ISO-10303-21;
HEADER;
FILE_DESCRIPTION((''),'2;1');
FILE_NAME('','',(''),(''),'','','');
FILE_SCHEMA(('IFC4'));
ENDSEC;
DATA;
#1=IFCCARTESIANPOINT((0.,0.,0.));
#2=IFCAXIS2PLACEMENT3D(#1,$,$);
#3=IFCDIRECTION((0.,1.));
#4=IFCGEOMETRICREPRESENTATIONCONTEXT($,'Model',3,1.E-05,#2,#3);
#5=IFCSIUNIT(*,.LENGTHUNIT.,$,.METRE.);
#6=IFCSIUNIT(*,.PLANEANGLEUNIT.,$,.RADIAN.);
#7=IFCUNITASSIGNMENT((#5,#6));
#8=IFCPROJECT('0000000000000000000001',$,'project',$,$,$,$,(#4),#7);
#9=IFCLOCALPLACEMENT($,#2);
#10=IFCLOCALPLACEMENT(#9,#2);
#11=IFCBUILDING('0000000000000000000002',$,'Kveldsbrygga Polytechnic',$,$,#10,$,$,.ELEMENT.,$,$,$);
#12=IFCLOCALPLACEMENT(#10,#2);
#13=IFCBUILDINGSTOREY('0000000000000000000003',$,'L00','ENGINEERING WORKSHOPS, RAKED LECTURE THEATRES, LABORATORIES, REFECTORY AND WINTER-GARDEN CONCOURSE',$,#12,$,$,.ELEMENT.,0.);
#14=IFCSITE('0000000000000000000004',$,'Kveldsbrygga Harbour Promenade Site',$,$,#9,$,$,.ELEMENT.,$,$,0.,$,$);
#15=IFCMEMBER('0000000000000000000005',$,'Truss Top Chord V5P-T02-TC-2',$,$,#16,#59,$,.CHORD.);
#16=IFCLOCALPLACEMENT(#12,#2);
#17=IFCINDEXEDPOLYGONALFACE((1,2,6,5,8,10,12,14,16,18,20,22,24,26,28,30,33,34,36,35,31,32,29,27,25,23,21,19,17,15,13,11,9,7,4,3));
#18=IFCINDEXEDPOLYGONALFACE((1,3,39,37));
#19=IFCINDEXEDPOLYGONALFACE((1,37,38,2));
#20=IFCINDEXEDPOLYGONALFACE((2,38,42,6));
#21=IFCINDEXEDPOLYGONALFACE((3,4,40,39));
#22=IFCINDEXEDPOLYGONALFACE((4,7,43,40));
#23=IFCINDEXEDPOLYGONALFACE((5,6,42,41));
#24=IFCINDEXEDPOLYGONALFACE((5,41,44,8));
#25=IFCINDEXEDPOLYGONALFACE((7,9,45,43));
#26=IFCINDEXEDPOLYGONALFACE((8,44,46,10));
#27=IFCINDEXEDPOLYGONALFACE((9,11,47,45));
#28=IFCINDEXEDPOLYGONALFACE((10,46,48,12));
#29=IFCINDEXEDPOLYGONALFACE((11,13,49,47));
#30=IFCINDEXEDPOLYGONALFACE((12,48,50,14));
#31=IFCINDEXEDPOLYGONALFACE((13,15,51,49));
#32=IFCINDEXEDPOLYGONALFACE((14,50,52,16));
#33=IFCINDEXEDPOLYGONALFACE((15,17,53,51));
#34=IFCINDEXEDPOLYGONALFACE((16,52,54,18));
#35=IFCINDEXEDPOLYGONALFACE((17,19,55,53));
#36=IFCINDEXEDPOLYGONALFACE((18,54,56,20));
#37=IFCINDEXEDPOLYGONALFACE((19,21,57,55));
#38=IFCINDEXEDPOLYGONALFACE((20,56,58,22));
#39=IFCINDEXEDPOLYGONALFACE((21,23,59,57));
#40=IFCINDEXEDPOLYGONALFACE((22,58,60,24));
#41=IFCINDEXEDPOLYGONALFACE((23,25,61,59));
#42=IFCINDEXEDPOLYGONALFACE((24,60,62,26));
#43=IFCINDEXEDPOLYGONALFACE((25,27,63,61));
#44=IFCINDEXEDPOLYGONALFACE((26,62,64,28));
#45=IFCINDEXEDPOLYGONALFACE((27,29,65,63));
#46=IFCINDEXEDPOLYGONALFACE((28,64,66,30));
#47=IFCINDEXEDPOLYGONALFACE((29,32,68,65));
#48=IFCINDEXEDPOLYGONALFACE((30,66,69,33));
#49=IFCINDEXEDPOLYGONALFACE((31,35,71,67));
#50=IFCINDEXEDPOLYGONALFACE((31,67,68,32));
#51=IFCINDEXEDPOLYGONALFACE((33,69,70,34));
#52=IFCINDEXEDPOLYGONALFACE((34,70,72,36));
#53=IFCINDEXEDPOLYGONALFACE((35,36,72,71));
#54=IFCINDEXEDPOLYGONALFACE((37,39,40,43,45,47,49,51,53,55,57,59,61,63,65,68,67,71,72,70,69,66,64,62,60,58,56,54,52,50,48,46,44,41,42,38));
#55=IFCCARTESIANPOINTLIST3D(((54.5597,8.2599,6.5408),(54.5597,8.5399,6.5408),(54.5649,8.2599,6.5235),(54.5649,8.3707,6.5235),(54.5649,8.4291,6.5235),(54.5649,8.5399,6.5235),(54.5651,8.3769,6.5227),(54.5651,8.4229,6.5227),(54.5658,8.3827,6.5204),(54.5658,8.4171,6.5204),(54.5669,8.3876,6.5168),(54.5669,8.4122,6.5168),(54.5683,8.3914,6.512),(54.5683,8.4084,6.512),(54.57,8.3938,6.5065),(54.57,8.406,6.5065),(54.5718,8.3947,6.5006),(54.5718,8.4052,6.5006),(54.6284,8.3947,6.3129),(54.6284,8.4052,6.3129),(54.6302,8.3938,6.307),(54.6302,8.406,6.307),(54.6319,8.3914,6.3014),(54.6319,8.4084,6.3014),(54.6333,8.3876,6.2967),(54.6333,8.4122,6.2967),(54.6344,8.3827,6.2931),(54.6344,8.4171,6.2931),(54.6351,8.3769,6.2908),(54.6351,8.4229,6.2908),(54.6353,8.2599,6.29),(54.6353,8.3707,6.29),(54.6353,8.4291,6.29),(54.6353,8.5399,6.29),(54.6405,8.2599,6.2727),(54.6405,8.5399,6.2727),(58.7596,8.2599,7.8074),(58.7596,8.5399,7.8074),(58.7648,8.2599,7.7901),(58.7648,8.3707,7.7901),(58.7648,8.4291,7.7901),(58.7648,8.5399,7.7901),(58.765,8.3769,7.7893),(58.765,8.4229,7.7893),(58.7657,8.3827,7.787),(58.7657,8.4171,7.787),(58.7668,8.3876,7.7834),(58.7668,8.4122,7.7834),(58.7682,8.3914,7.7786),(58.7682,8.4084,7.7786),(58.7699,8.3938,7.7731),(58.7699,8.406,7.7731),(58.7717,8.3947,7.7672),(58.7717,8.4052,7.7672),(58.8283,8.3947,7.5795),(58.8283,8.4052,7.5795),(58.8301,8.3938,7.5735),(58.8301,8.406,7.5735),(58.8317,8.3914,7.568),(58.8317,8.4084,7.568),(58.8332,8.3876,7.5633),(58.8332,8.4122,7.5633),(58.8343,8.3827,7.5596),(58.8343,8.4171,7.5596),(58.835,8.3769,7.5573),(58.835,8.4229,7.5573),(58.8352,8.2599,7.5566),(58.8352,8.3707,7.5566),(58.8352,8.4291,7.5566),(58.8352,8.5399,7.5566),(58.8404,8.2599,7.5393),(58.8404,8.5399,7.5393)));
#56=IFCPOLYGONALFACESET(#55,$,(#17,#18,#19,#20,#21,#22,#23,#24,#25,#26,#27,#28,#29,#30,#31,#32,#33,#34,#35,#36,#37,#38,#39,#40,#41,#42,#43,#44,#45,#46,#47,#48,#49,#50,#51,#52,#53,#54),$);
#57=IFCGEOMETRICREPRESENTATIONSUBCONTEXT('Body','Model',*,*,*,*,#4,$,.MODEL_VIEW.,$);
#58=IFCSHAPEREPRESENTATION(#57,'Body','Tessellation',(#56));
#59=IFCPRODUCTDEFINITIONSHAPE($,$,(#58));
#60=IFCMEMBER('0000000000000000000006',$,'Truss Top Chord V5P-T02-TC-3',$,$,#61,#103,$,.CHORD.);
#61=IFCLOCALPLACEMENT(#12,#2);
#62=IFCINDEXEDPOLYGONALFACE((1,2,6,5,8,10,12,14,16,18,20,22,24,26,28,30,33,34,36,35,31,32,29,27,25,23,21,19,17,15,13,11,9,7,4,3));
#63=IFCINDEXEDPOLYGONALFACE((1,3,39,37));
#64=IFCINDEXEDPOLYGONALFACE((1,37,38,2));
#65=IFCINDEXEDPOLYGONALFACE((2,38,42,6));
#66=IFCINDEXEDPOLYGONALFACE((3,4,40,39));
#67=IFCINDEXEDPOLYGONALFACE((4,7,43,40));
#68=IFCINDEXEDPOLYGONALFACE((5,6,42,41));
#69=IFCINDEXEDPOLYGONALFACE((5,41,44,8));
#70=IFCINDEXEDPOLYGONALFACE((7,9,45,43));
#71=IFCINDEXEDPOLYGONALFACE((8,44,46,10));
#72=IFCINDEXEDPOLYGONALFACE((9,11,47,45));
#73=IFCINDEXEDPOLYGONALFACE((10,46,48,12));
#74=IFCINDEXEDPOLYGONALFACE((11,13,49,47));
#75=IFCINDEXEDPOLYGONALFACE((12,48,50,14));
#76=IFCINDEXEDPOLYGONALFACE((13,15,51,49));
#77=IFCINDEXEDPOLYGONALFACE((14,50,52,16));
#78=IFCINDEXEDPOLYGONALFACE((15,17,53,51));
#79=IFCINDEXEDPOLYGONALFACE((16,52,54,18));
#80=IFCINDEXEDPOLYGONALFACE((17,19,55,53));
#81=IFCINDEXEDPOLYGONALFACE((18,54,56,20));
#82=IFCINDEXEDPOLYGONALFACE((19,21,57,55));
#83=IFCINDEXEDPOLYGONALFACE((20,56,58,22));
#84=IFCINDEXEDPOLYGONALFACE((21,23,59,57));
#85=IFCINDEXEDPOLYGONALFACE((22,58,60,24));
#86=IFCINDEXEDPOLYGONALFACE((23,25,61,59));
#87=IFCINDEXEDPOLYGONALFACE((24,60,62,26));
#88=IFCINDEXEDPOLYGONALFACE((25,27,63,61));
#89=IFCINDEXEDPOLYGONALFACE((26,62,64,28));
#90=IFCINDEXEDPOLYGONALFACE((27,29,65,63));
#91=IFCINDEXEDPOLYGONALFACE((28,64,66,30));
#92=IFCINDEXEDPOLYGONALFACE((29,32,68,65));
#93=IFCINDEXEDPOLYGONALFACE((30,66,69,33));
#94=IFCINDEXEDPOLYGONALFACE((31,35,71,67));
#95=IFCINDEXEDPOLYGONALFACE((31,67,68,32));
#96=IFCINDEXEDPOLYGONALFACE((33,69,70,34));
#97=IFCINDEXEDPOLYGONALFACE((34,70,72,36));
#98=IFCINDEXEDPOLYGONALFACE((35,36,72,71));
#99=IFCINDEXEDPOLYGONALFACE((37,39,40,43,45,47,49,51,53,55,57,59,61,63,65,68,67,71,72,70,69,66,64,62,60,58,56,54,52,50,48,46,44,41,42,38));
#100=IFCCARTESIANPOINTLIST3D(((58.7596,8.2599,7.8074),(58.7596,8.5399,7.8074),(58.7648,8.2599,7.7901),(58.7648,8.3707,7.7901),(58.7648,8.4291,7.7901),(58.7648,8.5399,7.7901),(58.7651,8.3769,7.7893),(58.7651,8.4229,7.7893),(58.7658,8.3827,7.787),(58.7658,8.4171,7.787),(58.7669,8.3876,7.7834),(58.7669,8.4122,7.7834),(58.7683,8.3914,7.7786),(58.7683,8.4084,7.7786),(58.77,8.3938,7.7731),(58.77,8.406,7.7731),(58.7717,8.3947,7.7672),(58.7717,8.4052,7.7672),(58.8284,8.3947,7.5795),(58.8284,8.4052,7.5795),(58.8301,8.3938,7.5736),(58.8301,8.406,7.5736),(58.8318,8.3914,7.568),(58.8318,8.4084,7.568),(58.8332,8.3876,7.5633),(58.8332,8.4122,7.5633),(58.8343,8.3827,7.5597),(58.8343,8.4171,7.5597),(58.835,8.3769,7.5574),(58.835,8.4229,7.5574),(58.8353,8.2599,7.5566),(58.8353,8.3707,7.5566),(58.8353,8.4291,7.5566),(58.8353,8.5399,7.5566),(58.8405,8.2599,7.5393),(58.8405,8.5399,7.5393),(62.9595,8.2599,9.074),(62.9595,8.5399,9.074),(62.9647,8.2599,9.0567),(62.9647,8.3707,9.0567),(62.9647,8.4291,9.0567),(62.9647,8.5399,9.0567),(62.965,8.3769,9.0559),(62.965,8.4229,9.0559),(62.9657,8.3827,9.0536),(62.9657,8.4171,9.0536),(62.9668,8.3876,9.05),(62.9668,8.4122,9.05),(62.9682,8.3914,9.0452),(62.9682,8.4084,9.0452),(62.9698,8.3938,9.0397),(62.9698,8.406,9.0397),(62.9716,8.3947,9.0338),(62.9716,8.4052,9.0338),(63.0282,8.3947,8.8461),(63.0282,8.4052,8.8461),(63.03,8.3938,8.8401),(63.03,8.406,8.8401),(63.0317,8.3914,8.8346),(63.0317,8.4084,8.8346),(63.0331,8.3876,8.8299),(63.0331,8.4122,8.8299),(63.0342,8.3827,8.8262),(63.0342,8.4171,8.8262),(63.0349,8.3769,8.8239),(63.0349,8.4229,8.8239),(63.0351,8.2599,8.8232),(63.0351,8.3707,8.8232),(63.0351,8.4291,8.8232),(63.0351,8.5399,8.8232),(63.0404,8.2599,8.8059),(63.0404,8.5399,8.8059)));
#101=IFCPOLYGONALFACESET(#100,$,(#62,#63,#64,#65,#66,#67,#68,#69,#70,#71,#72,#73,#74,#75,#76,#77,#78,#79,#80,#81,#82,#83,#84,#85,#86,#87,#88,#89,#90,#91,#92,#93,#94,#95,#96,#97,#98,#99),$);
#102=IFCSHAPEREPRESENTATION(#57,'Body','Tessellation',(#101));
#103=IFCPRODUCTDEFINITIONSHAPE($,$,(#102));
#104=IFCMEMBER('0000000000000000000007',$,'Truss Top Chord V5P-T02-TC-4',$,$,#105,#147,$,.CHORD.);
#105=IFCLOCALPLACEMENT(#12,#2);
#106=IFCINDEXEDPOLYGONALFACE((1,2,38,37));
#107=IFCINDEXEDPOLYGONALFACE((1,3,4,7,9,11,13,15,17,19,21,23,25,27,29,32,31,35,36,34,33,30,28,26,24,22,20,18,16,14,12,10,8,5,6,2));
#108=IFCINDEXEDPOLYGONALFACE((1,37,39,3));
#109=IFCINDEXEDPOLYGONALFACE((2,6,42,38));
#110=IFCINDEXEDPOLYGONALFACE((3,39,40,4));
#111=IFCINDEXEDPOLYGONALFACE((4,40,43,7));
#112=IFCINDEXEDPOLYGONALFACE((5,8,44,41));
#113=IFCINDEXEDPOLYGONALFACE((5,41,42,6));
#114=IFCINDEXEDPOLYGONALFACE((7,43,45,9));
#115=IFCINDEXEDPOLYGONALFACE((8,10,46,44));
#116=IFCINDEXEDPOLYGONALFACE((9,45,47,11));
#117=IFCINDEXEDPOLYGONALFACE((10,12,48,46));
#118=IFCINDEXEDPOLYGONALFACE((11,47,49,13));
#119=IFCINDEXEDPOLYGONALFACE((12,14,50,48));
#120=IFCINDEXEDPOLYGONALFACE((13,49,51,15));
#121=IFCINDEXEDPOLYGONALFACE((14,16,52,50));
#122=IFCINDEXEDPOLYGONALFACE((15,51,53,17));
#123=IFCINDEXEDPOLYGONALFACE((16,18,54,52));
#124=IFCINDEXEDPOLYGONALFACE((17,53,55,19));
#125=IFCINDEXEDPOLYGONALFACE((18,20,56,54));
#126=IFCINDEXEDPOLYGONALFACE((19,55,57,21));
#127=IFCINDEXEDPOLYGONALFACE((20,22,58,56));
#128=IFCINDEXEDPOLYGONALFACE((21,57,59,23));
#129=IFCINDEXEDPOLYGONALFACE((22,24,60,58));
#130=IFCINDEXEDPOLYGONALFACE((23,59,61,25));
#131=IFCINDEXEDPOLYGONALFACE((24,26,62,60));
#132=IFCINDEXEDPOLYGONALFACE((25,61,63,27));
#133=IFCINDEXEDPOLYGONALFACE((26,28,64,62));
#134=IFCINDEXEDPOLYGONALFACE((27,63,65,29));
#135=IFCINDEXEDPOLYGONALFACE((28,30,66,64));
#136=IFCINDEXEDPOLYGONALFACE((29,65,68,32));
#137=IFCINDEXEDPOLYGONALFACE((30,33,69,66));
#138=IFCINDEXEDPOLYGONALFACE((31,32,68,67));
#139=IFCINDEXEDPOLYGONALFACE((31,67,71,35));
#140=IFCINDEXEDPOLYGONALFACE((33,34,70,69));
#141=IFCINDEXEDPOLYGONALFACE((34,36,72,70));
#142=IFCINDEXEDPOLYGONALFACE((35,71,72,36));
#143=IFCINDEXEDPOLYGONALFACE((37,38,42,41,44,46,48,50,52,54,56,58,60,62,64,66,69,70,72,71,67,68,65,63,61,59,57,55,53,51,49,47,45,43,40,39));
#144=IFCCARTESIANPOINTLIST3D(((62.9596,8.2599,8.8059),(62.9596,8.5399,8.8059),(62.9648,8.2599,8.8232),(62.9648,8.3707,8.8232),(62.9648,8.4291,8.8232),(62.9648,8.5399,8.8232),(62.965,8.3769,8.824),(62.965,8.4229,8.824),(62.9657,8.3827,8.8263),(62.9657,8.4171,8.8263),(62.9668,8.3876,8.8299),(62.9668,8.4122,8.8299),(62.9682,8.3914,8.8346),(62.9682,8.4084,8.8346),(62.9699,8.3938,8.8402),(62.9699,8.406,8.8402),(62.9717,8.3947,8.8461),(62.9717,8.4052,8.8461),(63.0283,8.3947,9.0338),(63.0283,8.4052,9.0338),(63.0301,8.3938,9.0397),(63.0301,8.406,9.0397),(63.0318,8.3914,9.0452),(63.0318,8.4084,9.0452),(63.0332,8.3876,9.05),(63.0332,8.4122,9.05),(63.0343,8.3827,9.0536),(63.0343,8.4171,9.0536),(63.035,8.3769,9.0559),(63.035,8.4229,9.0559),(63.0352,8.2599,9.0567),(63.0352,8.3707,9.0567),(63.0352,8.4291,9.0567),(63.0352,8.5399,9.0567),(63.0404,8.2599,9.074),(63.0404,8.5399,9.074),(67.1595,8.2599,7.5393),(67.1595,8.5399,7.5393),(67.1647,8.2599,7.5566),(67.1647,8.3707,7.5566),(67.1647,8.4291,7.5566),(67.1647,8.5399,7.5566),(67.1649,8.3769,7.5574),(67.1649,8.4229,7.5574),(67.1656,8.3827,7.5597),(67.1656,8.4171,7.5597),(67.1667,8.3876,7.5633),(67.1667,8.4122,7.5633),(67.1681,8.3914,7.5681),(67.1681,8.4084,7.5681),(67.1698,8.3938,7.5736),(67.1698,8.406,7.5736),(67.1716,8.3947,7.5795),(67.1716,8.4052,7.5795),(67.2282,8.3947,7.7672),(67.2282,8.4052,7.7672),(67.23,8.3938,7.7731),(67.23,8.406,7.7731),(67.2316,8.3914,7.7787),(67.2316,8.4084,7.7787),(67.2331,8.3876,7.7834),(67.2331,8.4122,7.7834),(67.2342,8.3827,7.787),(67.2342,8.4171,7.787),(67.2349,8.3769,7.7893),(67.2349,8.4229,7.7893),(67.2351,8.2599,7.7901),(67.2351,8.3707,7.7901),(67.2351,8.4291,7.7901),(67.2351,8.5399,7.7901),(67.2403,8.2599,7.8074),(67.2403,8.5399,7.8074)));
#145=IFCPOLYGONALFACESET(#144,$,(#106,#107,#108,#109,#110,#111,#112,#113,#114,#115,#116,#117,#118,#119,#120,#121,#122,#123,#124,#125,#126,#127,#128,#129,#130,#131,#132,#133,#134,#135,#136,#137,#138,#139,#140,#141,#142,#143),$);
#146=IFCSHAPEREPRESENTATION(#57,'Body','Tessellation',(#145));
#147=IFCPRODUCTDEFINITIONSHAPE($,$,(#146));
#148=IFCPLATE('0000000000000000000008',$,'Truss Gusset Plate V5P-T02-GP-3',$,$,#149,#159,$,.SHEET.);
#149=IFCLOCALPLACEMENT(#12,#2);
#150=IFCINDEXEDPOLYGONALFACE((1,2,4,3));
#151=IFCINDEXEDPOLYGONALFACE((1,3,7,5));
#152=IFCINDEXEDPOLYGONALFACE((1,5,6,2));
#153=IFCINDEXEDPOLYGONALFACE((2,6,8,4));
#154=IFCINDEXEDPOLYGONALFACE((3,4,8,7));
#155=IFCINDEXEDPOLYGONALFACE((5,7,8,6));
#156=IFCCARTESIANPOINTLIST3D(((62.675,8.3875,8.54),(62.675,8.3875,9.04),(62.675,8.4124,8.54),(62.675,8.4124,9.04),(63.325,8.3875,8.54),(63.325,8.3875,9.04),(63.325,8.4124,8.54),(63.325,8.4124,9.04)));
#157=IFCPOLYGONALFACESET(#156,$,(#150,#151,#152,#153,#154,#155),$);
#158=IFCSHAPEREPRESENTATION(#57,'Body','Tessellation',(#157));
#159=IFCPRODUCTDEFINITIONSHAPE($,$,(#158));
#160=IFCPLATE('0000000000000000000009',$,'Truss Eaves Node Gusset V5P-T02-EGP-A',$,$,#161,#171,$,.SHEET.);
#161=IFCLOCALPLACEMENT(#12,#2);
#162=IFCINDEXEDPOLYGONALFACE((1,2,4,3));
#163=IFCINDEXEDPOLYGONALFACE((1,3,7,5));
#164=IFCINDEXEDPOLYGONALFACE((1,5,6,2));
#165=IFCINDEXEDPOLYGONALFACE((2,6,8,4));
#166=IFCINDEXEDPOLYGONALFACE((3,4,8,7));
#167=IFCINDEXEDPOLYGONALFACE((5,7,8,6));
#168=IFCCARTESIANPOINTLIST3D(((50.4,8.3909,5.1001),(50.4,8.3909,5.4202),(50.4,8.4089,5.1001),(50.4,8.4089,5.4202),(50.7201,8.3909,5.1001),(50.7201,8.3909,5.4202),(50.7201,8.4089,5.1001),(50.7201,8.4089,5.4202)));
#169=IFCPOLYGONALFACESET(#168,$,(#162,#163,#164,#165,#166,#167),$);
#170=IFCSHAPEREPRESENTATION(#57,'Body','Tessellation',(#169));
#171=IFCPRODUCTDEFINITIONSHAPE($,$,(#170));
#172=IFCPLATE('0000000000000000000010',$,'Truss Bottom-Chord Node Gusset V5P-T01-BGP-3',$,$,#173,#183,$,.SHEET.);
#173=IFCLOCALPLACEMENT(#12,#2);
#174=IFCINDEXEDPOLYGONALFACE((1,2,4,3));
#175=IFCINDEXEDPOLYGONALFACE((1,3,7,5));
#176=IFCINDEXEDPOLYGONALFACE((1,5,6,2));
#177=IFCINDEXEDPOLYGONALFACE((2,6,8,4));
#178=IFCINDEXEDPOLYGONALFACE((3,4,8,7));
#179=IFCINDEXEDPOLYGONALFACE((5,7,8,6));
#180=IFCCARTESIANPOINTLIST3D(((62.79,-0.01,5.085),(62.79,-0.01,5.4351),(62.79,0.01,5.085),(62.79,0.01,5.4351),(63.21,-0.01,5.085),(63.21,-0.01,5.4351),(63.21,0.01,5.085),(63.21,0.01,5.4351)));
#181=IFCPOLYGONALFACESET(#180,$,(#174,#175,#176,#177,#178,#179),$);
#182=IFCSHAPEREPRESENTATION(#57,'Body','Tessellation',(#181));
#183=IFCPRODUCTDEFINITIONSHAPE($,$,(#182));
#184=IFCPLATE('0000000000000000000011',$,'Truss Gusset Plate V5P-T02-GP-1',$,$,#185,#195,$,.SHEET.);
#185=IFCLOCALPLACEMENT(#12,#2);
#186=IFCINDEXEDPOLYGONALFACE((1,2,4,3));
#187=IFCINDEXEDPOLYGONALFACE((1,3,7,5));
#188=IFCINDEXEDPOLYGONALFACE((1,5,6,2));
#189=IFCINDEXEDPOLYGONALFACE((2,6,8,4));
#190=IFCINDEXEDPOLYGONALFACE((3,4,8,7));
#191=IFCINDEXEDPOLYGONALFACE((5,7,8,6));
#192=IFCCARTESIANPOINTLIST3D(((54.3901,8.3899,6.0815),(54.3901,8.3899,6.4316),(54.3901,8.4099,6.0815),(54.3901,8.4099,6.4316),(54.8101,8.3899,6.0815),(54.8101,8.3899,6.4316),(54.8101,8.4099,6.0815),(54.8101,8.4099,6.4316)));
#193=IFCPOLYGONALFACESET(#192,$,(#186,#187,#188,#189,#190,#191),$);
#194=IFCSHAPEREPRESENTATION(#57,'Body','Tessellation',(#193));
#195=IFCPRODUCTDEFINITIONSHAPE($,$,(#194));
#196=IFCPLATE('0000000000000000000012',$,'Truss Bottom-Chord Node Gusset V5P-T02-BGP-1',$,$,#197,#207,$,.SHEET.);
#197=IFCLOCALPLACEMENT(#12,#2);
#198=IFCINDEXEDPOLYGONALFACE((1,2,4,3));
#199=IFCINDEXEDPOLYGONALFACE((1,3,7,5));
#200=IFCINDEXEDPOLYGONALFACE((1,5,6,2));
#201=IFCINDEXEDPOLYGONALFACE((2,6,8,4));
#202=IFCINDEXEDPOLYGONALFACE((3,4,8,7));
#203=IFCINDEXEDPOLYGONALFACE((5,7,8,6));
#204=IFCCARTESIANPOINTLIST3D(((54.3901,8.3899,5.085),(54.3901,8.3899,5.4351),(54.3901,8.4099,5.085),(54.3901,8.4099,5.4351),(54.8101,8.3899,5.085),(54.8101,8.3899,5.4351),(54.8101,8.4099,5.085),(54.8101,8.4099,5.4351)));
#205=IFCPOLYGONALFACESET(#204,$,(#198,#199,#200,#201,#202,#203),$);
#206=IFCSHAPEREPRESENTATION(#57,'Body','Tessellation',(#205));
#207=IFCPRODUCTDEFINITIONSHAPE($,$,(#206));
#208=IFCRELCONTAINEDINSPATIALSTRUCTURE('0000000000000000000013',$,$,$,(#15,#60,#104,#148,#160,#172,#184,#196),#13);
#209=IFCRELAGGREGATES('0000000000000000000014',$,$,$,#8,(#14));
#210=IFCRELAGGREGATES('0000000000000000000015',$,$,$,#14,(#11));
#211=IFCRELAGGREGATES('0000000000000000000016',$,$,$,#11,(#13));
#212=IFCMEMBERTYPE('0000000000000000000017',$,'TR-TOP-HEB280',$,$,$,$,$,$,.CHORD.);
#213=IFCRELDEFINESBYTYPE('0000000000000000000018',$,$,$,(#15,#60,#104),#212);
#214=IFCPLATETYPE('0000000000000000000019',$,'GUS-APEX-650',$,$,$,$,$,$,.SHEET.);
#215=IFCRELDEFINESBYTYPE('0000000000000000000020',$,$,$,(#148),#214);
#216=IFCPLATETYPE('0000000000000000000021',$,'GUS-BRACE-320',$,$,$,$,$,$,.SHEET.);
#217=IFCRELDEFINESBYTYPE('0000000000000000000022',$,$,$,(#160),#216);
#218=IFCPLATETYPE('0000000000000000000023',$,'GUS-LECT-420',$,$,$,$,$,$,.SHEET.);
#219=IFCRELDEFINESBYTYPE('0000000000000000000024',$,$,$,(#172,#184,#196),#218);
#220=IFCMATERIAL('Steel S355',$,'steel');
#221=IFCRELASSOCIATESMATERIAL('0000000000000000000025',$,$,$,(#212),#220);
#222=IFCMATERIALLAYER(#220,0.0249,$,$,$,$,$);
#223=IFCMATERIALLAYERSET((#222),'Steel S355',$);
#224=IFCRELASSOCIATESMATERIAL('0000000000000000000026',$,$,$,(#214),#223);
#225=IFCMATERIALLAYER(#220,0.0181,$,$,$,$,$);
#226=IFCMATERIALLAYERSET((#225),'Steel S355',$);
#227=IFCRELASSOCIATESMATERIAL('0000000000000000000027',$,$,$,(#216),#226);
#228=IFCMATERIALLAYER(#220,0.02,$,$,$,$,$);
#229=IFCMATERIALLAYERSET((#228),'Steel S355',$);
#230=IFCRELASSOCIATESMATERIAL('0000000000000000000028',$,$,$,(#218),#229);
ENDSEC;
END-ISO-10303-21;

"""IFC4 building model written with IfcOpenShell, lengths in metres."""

from ifc_helpers import new_model, si_unit, direction, frame, origin, origin_2d, place, context, subcontext, project, spatial, rectangle, i_section, extrude, material, layer, layer_set, material_profile, profile_set, type_object, element, save


model = new_model("IFC4")

# Units and contexts
model_context = context("Model", 3, precision=1e-05, world=origin(), true_north=direction((0.0, 1.0)))
body_context = subcontext(model_context, "Body", "Model", "MODEL_VIEW")
ifc_project = project(units=[si_unit("LENGTHUNIT", "METRE"), si_unit("PLANEANGLEUNIT", "RADIAN")], contexts=[model_context])

# Site, building, storey
site_placement = place(None, origin())
site = spatial("IfcSite", under=ifc_project, at=site_placement, Name="Kveldsbrygga Harbour Promenade Site", CompositionType="ELEMENT", RefElevation=0.0)
building_placement = place(site_placement, origin())
building = spatial("IfcBuilding", under=site, at=building_placement, Name="Kveldsbrygga Polytechnic", CompositionType="ELEMENT")
storey_placement = place(building_placement, origin())
storey = spatial("IfcBuildingStorey", under=building, at=storey_placement, Name="L00", Description="ENGINEERING WORKSHOPS, RAKED LECTURE THEATRES, LABORATORIES, REFECTORY AND WINTER-GARDEN CONCOURSE", CompositionType="ELEMENT", Elevation=0.0)

# Shared definitions
ifc_material_1 = material(Name="Steel S355", Category="steel")

# Members
ifc_material_profile_1 = material_profile(ifc_material_1, i_section(OverallWidth=0.28, OverallDepth=0.28, WebThickness=0.0105, FlangeThickness=0.0181, FilletRadius=0.0239, at=origin_2d()), Name="HEB 280")
ifc_profile_set_1 = profile_set([ifc_material_profile_1], Name="Steel S355")
member_type_1 = type_object("IfcMemberType", Name="TR-TOP-HEB280", PredefinedType="CHORD", material=ifc_profile_set_1)
for number, where, z_axis, x_axis, name in (
    (1, (54.6001, 8.3999, 6.4067), (0.95741, 0.0, 0.288731), (0.0, 1.0, 0.0), "Truss Top Chord V5P-T02-TC-2"),
    (2, (58.8, 8.3999, 7.6733), (0.95741, 0.0, 0.288731), (0.0, 1.0, 0.0), "Truss Top Chord V5P-T02-TC-3"),
    (3, (63.0, 8.3999, 8.9399), (0.95741, 0.0, -0.288731), (0.0, 1.0, 0.0), "Truss Top Chord V5P-T02-TC-4"),
):
    element("IfcMember", number, at=place(storey_placement, frame(where, z_axis=z_axis, x_axis=x_axis)), inside=storey, type_object=member_type_1, Name=name, PredefinedType="CHORD", context=body_context, shape_type="SweptSolid", body=[
        extrude(i_section(OverallWidth=0.28, OverallDepth=0.28, WebThickness=0.0105, FlangeThickness=0.0181, FilletRadius=0.0239, at=origin_2d()), origin(), (0.0, 0.0, 1.0), 4.3867),
    ])

# Plates
ifc_layer_1 = layer(ifc_material_1, 0.0249)
ifc_layer_set_1 = layer_set([ifc_layer_1], Name="Steel S355")
plate_type_1 = type_object("IfcPlateType", Name="GUS-APEX-650", PredefinedType="SHEET", material=ifc_layer_set_1)
plate_1_placement = place(storey_placement, frame((63.0, 8.3999, 8.54), z_axis=(0.0, 0.0, 1.0), x_axis=(1.0, 0.0, 0.0)))
element("IfcPlate", 4, at=plate_1_placement, inside=storey, type_object=plate_type_1, Name="Truss Gusset Plate V5P-T02-GP-3", PredefinedType="SHEET", context=body_context, shape_type="SweptSolid", body=[
    extrude(rectangle(XDim=0.6499, YDim=0.0249, at=origin_2d()), origin(), (0.0, 0.0, 1.0), 0.5),
])
ifc_layer_2 = layer(ifc_material_1, 0.0181)
ifc_layer_set_2 = layer_set([ifc_layer_2], Name="Steel S355")
plate_type_2 = type_object("IfcPlateType", Name="GUS-BRACE-320", PredefinedType="SHEET", material=ifc_layer_set_2)
plate_2_placement = place(storey_placement, frame((50.5601, 8.3999, 5.1001), z_axis=(0.0, 0.0, 1.0), x_axis=(1.0, 0.0, 0.0)))
element("IfcPlate", 5, at=plate_2_placement, inside=storey, type_object=plate_type_2, Name="Truss Eaves Node Gusset V5P-T02-EGP-A", PredefinedType="SHEET", context=body_context, shape_type="SweptSolid", body=[
    extrude(rectangle(XDim=0.3201, YDim=0.0181, at=origin_2d()), origin(), (0.0, 0.0, 1.0), 0.3201),
])
ifc_layer_3 = layer(ifc_material_1, 0.02)
ifc_layer_set_3 = layer_set([ifc_layer_3], Name="Steel S355")
plate_type_3 = type_object("IfcPlateType", Name="GUS-LECT-420", PredefinedType="SHEET", material=ifc_layer_set_3)
for number, where, z_axis, x_axis, name in (
    (6, (63.0, 0.0, 5.085), (0.0, 0.0, 1.0), (1.0, 0.0, 0.0), "Truss Bottom-Chord Node Gusset V5P-T01-BGP-3"),
    (7, (54.6001, 8.3999, 6.0815), (0.0, 0.0, 1.0), (1.0, 0.0, 0.0), "Truss Gusset Plate V5P-T02-GP-1"),
    (8, (54.6001, 8.3999, 5.085), (0.0, 0.0, 1.0), (1.0, 0.0, 0.0), "Truss Bottom-Chord Node Gusset V5P-T02-BGP-1"),
):
    element("IfcPlate", number, at=place(storey_placement, frame(where, z_axis=z_axis, x_axis=x_axis)), inside=storey, type_object=plate_type_3, Name=name, PredefinedType="SHEET", context=body_context, shape_type="SweptSolid", body=[
        extrude(rectangle(XDim=0.4199, YDim=0.02, at=origin_2d()), origin(), (0.0, 0.0, 1.0), 0.3501),
    ])

save(model, "model.ifc")
